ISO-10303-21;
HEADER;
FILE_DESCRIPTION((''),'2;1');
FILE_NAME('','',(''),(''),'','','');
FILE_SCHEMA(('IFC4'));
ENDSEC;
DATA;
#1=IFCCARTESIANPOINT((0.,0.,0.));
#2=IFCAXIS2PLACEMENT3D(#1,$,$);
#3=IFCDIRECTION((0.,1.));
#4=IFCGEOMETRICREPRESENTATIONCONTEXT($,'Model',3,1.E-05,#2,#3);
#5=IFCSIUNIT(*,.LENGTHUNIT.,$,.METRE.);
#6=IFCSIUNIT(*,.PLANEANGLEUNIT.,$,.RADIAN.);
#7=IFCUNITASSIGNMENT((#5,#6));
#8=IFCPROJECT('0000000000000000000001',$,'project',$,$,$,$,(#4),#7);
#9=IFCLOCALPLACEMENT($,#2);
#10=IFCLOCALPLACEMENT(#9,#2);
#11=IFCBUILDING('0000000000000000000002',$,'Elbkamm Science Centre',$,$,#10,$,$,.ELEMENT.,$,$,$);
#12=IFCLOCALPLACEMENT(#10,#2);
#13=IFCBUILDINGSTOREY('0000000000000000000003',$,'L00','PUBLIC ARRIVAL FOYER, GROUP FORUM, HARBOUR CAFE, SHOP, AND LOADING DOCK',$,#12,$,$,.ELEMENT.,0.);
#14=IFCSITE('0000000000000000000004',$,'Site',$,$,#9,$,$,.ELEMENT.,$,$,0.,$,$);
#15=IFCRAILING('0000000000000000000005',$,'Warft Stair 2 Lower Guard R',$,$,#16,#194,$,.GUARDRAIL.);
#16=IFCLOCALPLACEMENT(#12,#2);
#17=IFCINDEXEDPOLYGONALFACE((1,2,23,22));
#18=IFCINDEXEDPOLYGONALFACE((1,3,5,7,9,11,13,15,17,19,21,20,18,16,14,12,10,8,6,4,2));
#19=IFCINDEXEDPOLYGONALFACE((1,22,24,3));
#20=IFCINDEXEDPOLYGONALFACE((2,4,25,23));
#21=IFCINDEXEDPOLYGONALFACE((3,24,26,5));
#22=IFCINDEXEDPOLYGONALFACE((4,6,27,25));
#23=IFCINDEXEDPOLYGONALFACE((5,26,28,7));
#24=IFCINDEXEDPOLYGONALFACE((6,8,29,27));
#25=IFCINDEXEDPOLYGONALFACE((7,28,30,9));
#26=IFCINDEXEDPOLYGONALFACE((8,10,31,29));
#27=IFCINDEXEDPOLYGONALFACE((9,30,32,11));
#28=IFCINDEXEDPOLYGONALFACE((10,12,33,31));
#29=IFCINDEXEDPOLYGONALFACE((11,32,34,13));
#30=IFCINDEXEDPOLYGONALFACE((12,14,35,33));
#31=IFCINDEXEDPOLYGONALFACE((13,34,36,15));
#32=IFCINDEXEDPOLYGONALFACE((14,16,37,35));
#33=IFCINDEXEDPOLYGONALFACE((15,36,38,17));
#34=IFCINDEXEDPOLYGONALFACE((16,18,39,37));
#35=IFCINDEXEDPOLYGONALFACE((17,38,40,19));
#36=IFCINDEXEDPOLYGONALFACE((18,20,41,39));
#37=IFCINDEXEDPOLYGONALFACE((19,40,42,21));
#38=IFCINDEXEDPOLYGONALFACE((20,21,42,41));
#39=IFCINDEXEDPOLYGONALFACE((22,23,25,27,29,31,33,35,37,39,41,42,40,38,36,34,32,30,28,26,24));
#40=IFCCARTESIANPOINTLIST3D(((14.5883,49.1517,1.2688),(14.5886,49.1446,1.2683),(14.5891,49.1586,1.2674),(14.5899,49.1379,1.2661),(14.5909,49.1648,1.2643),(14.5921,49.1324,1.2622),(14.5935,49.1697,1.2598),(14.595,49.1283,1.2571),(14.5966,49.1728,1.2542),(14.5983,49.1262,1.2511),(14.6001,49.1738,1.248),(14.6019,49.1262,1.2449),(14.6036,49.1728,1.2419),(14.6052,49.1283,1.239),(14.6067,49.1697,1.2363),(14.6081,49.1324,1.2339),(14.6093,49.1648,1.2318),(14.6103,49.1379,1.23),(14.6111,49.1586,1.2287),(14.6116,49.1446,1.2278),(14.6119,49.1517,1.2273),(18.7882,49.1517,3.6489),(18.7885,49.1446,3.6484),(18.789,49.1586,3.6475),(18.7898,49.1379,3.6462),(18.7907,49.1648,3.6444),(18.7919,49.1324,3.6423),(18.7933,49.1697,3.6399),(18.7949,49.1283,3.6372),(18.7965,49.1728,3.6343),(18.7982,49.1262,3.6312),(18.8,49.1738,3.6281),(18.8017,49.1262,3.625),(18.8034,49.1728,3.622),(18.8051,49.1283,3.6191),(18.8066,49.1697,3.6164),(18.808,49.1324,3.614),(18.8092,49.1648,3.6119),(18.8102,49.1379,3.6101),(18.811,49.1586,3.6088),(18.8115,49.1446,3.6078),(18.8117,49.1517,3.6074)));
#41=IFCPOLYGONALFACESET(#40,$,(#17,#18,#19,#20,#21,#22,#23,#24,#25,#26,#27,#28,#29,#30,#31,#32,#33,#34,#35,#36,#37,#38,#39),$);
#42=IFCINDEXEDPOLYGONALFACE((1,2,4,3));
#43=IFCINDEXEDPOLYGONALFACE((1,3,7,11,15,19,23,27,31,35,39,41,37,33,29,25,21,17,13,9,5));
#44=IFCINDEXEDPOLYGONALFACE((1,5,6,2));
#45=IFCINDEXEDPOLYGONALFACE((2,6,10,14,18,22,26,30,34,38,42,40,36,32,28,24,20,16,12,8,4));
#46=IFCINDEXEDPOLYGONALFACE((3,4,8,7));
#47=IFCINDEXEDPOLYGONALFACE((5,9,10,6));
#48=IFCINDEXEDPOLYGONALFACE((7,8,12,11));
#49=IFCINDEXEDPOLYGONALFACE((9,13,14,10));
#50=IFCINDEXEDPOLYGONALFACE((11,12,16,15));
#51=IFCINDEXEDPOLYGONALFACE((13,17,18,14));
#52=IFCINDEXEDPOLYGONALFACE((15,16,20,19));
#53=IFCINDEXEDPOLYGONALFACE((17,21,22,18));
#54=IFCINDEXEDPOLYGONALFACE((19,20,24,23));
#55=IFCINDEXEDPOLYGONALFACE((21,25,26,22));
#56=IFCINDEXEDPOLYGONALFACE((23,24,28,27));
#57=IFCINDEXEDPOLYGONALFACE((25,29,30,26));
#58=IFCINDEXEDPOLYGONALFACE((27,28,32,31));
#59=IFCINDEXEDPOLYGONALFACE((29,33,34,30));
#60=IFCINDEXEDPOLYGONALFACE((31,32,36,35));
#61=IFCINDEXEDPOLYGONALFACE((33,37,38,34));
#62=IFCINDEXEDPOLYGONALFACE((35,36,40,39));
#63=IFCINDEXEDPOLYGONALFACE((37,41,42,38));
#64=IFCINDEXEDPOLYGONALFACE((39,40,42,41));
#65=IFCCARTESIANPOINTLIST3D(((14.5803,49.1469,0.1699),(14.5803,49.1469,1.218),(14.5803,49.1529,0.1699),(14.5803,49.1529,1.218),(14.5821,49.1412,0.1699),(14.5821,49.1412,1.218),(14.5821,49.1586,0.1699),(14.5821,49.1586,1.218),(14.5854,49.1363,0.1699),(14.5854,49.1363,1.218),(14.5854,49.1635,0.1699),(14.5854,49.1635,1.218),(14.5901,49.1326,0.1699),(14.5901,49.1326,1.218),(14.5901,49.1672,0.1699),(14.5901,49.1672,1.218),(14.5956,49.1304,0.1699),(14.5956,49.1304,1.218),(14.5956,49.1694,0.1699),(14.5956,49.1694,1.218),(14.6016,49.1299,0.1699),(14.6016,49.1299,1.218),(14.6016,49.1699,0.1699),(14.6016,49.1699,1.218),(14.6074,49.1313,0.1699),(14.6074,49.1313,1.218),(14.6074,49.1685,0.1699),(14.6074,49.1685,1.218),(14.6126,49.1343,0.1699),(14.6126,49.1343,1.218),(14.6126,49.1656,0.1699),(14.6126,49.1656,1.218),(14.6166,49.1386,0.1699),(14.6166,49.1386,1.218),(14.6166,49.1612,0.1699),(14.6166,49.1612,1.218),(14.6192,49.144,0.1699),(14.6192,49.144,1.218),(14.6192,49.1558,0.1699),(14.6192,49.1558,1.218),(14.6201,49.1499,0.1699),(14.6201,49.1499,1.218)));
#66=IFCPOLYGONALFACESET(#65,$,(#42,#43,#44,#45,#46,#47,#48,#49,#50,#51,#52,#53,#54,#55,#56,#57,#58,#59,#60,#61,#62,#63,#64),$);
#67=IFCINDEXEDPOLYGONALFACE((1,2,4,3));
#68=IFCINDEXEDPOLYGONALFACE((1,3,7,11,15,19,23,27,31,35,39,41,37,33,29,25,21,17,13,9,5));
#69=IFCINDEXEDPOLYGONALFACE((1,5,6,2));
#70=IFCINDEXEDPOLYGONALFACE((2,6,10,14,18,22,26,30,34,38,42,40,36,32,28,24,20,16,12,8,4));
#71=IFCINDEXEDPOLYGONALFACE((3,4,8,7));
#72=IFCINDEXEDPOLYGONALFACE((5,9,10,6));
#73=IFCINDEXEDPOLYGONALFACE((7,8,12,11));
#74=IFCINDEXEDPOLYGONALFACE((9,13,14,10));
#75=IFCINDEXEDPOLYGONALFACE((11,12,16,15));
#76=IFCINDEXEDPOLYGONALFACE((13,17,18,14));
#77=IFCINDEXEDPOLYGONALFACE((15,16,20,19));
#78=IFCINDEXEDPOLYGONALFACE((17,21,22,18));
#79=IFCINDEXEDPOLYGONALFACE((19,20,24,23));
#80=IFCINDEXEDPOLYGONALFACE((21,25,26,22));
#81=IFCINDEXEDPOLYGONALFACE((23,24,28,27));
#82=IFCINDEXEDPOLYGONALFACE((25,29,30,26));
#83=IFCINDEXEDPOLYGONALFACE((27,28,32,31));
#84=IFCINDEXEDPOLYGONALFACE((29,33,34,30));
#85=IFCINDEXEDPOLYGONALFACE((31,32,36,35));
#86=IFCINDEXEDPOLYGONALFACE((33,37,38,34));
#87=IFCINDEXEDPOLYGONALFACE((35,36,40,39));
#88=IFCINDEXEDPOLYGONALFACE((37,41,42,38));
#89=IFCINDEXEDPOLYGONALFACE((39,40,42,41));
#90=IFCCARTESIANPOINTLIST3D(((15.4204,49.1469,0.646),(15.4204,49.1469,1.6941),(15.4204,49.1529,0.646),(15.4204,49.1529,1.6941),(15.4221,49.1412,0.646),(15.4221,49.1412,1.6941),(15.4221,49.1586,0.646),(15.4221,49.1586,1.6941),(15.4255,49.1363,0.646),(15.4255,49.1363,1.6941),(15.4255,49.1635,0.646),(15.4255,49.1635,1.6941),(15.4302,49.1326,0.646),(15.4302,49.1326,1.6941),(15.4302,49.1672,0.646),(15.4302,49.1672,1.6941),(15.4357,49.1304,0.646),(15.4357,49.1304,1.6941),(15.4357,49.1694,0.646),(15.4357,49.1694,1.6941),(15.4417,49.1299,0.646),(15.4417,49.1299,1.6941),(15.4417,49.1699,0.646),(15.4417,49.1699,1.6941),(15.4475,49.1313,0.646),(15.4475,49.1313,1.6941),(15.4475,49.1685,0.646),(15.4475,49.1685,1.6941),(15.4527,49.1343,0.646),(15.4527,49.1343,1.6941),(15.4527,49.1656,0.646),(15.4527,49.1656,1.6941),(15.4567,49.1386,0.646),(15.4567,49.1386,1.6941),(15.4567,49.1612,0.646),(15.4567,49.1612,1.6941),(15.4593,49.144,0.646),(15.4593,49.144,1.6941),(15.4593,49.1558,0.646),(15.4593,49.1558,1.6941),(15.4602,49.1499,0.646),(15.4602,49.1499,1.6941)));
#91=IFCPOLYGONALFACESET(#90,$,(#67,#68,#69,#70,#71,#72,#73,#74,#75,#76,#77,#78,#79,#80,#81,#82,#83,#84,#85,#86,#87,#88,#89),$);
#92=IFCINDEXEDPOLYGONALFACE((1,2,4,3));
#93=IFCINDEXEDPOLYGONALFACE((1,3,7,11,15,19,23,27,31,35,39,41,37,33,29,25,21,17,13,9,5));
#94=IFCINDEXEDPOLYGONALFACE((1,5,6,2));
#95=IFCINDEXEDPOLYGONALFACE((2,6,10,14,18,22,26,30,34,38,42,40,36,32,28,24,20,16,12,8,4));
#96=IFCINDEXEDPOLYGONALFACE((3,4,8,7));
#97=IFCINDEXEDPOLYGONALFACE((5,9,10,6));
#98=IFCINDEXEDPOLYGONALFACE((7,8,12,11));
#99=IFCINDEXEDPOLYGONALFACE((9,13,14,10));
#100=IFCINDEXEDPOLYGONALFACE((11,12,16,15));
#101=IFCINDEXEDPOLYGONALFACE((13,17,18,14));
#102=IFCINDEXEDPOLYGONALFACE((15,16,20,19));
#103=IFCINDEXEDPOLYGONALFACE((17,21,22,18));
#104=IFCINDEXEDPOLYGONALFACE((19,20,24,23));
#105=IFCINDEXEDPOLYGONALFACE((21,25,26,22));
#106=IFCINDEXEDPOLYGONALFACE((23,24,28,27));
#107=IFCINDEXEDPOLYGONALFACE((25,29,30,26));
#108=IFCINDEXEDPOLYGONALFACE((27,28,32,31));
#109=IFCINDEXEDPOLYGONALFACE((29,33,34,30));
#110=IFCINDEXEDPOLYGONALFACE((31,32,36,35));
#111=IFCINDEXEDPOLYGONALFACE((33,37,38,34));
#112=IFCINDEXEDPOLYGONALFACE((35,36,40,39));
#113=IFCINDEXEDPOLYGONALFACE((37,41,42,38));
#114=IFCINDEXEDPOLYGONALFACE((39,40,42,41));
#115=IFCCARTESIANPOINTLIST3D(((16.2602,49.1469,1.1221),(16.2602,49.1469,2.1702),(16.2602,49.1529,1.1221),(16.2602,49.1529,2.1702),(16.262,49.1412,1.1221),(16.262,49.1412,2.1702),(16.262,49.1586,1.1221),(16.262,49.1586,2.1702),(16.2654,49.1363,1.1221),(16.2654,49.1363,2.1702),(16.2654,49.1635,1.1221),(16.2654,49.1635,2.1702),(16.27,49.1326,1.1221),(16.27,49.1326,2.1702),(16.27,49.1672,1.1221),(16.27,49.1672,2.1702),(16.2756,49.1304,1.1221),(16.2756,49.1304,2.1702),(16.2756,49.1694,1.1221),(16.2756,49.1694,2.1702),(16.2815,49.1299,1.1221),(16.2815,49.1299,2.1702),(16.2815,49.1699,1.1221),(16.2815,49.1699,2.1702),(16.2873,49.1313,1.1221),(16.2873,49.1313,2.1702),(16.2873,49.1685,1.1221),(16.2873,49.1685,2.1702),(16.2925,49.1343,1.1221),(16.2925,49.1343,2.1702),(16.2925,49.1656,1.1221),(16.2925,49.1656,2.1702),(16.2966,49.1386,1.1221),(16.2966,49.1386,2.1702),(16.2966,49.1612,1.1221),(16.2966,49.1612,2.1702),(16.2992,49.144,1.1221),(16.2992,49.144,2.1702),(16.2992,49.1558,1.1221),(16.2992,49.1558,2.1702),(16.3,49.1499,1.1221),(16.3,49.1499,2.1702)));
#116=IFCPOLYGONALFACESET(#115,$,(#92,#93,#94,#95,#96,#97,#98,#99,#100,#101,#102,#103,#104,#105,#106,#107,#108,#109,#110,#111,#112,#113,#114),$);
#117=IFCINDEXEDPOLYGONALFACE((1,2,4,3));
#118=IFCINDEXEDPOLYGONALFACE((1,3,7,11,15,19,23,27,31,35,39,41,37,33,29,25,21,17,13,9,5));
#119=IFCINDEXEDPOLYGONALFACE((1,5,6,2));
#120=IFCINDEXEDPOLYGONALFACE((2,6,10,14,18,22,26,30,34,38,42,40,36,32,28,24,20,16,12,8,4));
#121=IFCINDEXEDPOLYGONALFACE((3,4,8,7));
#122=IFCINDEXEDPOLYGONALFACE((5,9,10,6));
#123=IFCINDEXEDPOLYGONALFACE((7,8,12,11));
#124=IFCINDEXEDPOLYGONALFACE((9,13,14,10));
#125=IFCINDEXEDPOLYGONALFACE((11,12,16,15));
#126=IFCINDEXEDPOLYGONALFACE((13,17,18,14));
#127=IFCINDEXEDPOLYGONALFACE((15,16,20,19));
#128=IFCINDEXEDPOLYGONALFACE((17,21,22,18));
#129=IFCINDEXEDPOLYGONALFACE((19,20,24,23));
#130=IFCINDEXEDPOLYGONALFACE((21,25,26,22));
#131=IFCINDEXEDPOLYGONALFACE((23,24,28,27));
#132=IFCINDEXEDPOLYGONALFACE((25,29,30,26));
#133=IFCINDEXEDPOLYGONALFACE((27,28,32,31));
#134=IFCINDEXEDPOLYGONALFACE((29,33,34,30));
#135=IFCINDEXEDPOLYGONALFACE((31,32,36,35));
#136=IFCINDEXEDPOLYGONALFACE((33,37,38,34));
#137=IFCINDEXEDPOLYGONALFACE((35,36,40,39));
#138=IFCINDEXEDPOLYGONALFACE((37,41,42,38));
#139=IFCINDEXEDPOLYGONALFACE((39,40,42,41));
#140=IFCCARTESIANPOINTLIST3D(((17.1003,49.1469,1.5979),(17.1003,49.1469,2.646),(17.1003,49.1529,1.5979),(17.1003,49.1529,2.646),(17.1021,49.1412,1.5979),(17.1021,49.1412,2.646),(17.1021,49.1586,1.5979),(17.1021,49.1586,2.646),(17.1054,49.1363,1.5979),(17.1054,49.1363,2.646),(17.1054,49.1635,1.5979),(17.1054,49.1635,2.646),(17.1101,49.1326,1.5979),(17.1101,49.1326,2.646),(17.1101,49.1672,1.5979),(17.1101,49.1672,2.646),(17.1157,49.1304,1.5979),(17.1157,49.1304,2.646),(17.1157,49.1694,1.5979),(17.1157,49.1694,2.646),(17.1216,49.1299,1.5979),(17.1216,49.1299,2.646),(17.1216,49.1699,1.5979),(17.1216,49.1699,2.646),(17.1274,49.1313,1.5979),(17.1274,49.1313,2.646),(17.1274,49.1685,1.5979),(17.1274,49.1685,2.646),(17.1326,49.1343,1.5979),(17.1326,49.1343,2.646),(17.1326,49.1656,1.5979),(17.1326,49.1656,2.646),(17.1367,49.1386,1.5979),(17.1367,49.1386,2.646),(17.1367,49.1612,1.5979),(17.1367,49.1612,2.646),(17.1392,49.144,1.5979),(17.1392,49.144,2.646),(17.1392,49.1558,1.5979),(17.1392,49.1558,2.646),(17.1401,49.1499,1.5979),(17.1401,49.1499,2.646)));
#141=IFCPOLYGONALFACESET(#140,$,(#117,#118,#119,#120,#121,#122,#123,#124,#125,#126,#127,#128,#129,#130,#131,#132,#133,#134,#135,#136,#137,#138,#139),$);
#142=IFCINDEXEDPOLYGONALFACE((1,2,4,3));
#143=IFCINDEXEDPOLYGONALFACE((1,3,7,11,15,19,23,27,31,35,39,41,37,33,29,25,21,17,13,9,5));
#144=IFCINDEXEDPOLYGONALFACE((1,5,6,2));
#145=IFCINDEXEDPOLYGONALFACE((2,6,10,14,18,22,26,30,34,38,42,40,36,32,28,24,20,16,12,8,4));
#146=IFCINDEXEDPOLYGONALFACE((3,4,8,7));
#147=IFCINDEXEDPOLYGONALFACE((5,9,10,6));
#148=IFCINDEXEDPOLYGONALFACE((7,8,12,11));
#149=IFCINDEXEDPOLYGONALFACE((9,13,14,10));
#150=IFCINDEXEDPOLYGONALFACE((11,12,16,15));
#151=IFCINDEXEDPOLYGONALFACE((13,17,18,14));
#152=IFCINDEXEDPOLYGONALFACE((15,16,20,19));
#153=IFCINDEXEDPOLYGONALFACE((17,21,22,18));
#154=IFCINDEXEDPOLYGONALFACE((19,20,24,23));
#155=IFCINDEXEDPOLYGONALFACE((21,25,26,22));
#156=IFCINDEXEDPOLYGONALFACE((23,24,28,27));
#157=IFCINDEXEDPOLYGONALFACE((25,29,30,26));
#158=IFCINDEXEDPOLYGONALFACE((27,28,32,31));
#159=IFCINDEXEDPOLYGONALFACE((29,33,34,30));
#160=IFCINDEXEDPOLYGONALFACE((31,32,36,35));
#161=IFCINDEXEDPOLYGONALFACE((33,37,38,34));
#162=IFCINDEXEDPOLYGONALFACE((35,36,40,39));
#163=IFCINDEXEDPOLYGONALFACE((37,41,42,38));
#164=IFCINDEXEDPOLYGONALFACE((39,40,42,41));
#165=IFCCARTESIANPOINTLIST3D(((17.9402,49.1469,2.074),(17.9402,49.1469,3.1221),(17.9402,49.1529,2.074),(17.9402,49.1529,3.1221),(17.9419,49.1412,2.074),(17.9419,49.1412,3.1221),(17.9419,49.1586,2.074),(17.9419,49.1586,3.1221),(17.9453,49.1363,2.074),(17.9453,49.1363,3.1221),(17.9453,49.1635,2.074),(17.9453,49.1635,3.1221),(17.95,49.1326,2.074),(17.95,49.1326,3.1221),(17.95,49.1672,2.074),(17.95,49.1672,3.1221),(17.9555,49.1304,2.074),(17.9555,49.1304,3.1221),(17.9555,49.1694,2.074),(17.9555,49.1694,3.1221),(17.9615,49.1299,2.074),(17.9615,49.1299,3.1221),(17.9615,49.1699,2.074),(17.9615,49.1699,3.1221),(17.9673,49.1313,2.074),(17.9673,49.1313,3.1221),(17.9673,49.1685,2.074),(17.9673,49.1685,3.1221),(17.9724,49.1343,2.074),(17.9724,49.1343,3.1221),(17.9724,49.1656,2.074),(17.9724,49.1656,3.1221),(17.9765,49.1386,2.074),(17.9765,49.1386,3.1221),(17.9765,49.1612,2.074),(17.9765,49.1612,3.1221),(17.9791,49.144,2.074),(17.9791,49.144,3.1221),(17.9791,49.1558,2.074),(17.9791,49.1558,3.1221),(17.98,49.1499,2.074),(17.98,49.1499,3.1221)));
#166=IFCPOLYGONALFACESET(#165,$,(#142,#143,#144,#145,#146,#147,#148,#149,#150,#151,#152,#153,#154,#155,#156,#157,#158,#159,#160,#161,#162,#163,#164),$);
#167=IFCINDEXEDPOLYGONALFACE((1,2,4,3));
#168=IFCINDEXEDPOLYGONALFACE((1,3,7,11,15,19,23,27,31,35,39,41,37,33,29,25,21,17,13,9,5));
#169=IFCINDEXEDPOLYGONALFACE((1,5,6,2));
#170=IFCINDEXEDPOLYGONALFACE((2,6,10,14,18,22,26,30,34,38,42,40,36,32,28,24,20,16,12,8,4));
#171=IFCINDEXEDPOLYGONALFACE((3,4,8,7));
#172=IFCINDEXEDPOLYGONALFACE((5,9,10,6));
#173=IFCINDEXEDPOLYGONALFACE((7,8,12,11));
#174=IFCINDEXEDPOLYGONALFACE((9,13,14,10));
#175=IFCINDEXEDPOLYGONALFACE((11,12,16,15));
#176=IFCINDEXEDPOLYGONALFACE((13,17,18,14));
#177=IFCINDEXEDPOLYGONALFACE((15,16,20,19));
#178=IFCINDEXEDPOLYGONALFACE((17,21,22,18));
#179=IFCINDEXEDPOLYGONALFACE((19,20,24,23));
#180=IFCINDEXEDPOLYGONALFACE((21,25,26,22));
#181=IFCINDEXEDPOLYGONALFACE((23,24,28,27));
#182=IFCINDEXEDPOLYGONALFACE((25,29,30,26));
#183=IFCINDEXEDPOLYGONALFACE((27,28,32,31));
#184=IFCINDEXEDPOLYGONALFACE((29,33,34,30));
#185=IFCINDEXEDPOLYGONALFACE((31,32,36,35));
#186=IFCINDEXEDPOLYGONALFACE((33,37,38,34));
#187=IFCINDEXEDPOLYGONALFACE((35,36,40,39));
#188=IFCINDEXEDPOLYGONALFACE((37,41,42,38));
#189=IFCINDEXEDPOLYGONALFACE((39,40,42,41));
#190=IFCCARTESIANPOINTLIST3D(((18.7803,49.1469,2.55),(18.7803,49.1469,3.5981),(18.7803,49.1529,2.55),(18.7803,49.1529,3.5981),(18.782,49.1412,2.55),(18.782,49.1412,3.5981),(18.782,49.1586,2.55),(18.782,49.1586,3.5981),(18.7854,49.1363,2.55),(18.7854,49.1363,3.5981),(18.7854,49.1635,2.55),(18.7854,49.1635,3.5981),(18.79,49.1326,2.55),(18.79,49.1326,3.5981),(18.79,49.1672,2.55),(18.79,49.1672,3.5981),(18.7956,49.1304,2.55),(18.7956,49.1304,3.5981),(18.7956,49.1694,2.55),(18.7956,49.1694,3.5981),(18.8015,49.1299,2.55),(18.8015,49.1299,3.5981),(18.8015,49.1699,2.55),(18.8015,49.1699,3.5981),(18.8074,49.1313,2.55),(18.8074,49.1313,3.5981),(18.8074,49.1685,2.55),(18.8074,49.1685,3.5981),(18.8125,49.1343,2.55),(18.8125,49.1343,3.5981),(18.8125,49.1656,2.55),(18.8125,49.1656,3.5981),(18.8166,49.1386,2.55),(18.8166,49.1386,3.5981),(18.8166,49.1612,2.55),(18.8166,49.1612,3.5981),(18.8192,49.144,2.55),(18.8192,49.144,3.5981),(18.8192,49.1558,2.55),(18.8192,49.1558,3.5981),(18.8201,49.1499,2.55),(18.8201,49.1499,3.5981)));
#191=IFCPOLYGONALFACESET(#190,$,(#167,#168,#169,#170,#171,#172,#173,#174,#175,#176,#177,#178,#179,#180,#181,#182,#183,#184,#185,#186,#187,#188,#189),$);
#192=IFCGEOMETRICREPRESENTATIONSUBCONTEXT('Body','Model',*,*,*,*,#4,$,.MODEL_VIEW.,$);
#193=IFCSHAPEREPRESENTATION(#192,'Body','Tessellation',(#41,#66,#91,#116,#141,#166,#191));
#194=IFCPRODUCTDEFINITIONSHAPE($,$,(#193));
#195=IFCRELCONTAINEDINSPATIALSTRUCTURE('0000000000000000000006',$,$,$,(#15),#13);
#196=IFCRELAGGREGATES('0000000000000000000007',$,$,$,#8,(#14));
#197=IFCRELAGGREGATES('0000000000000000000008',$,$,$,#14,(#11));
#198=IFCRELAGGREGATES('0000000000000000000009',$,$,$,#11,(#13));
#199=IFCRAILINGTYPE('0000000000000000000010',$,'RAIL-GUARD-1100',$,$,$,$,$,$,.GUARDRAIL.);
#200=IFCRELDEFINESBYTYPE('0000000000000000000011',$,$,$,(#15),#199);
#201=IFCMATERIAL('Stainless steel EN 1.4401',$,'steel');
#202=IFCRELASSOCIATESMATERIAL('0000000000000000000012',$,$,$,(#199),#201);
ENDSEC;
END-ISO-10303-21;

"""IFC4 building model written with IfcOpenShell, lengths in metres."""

from ifc_helpers import new_model, si_unit, direction, frame, origin, origin_2d, place, context, subcontext, project, spatial, circle, extrude, material, type_object, element, save


model = new_model("IFC4")

# Units and contexts
model_context = context("Model", 3, precision=1e-05, world=origin(), true_north=direction((0.0, 1.0)))
body_context = subcontext(model_context, "Body", "Model", "MODEL_VIEW")
ifc_project = project(units=[si_unit("LENGTHUNIT", "METRE"), si_unit("PLANEANGLEUNIT", "RADIAN")], contexts=[model_context])

# Site, building, storey
site_placement = place(None, origin())
site = spatial("IfcSite", under=ifc_project, at=site_placement, Name="Site", CompositionType="ELEMENT", RefElevation=0.0)
building_placement = place(site_placement, origin())
building = spatial("IfcBuilding", under=site, at=building_placement, Name="Elbkamm Science Centre", CompositionType="ELEMENT")
storey_placement = place(building_placement, origin())
storey = spatial("IfcBuildingStorey", under=building, at=storey_placement, Name="L00", Description="PUBLIC ARRIVAL FOYER, GROUP FORUM, HARBOUR CAFE, SHOP, AND LOADING DOCK", CompositionType="ELEMENT", Elevation=0.0)

# Railing
ifc_material_1 = material(Name="Stainless steel EN 1.4401", Category="steel")
railing_type_1 = type_object("IfcRailingType", Name="RAIL-GUARD-1100", PredefinedType="GUARDRAIL", material=ifc_material_1)
railing_1_placement = place(storey_placement, frame((14.6001, 49.1499, 0.1699)))
element("IfcRailing", 1, at=railing_1_placement, inside=storey, type_object=railing_type_1, Name="Warft Stair 2 Lower Guard R", PredefinedType="GUARDRAIL", context=body_context, shape_type="SweptSolid", body=[
    extrude(circle(Radius=0.0239, at=origin_2d()), frame((0.0, 0.0, 1.0781), z_axis=(0.870008, 0.0, 0.493037), x_axis=(0.0, 1.0, 0.0)), (0.0, 0.0, 1.0), 4.8274),
    extrude(circle(Radius=0.02, at=origin_2d()), origin(), (0.0, 0.0, 1.0), 1.0481),
    extrude(circle(Radius=0.02, at=origin_2d()), frame((0.8401, 0.0, 0.4761)), (0.0, 0.0, 1.0), 1.0481),
    extrude(circle(Radius=0.02, at=origin_2d()), frame((1.6799, 0.0, 0.9521)), (0.0, 0.0, 1.0), 1.0481),
    extrude(circle(Radius=0.02, at=origin_2d()), frame((2.52, 0.0, 1.428)), (0.0, 0.0, 1.0), 1.0481),
    extrude(circle(Radius=0.02, at=origin_2d()), frame((3.3599, 0.0, 1.9041)), (0.0, 0.0, 1.0), 1.0481),
    extrude(circle(Radius=0.02, at=origin_2d()), frame((4.2, 0.0, 2.3801)), (0.0, 0.0, 1.0), 1.0481),
])

save(model, "model.ifc")
